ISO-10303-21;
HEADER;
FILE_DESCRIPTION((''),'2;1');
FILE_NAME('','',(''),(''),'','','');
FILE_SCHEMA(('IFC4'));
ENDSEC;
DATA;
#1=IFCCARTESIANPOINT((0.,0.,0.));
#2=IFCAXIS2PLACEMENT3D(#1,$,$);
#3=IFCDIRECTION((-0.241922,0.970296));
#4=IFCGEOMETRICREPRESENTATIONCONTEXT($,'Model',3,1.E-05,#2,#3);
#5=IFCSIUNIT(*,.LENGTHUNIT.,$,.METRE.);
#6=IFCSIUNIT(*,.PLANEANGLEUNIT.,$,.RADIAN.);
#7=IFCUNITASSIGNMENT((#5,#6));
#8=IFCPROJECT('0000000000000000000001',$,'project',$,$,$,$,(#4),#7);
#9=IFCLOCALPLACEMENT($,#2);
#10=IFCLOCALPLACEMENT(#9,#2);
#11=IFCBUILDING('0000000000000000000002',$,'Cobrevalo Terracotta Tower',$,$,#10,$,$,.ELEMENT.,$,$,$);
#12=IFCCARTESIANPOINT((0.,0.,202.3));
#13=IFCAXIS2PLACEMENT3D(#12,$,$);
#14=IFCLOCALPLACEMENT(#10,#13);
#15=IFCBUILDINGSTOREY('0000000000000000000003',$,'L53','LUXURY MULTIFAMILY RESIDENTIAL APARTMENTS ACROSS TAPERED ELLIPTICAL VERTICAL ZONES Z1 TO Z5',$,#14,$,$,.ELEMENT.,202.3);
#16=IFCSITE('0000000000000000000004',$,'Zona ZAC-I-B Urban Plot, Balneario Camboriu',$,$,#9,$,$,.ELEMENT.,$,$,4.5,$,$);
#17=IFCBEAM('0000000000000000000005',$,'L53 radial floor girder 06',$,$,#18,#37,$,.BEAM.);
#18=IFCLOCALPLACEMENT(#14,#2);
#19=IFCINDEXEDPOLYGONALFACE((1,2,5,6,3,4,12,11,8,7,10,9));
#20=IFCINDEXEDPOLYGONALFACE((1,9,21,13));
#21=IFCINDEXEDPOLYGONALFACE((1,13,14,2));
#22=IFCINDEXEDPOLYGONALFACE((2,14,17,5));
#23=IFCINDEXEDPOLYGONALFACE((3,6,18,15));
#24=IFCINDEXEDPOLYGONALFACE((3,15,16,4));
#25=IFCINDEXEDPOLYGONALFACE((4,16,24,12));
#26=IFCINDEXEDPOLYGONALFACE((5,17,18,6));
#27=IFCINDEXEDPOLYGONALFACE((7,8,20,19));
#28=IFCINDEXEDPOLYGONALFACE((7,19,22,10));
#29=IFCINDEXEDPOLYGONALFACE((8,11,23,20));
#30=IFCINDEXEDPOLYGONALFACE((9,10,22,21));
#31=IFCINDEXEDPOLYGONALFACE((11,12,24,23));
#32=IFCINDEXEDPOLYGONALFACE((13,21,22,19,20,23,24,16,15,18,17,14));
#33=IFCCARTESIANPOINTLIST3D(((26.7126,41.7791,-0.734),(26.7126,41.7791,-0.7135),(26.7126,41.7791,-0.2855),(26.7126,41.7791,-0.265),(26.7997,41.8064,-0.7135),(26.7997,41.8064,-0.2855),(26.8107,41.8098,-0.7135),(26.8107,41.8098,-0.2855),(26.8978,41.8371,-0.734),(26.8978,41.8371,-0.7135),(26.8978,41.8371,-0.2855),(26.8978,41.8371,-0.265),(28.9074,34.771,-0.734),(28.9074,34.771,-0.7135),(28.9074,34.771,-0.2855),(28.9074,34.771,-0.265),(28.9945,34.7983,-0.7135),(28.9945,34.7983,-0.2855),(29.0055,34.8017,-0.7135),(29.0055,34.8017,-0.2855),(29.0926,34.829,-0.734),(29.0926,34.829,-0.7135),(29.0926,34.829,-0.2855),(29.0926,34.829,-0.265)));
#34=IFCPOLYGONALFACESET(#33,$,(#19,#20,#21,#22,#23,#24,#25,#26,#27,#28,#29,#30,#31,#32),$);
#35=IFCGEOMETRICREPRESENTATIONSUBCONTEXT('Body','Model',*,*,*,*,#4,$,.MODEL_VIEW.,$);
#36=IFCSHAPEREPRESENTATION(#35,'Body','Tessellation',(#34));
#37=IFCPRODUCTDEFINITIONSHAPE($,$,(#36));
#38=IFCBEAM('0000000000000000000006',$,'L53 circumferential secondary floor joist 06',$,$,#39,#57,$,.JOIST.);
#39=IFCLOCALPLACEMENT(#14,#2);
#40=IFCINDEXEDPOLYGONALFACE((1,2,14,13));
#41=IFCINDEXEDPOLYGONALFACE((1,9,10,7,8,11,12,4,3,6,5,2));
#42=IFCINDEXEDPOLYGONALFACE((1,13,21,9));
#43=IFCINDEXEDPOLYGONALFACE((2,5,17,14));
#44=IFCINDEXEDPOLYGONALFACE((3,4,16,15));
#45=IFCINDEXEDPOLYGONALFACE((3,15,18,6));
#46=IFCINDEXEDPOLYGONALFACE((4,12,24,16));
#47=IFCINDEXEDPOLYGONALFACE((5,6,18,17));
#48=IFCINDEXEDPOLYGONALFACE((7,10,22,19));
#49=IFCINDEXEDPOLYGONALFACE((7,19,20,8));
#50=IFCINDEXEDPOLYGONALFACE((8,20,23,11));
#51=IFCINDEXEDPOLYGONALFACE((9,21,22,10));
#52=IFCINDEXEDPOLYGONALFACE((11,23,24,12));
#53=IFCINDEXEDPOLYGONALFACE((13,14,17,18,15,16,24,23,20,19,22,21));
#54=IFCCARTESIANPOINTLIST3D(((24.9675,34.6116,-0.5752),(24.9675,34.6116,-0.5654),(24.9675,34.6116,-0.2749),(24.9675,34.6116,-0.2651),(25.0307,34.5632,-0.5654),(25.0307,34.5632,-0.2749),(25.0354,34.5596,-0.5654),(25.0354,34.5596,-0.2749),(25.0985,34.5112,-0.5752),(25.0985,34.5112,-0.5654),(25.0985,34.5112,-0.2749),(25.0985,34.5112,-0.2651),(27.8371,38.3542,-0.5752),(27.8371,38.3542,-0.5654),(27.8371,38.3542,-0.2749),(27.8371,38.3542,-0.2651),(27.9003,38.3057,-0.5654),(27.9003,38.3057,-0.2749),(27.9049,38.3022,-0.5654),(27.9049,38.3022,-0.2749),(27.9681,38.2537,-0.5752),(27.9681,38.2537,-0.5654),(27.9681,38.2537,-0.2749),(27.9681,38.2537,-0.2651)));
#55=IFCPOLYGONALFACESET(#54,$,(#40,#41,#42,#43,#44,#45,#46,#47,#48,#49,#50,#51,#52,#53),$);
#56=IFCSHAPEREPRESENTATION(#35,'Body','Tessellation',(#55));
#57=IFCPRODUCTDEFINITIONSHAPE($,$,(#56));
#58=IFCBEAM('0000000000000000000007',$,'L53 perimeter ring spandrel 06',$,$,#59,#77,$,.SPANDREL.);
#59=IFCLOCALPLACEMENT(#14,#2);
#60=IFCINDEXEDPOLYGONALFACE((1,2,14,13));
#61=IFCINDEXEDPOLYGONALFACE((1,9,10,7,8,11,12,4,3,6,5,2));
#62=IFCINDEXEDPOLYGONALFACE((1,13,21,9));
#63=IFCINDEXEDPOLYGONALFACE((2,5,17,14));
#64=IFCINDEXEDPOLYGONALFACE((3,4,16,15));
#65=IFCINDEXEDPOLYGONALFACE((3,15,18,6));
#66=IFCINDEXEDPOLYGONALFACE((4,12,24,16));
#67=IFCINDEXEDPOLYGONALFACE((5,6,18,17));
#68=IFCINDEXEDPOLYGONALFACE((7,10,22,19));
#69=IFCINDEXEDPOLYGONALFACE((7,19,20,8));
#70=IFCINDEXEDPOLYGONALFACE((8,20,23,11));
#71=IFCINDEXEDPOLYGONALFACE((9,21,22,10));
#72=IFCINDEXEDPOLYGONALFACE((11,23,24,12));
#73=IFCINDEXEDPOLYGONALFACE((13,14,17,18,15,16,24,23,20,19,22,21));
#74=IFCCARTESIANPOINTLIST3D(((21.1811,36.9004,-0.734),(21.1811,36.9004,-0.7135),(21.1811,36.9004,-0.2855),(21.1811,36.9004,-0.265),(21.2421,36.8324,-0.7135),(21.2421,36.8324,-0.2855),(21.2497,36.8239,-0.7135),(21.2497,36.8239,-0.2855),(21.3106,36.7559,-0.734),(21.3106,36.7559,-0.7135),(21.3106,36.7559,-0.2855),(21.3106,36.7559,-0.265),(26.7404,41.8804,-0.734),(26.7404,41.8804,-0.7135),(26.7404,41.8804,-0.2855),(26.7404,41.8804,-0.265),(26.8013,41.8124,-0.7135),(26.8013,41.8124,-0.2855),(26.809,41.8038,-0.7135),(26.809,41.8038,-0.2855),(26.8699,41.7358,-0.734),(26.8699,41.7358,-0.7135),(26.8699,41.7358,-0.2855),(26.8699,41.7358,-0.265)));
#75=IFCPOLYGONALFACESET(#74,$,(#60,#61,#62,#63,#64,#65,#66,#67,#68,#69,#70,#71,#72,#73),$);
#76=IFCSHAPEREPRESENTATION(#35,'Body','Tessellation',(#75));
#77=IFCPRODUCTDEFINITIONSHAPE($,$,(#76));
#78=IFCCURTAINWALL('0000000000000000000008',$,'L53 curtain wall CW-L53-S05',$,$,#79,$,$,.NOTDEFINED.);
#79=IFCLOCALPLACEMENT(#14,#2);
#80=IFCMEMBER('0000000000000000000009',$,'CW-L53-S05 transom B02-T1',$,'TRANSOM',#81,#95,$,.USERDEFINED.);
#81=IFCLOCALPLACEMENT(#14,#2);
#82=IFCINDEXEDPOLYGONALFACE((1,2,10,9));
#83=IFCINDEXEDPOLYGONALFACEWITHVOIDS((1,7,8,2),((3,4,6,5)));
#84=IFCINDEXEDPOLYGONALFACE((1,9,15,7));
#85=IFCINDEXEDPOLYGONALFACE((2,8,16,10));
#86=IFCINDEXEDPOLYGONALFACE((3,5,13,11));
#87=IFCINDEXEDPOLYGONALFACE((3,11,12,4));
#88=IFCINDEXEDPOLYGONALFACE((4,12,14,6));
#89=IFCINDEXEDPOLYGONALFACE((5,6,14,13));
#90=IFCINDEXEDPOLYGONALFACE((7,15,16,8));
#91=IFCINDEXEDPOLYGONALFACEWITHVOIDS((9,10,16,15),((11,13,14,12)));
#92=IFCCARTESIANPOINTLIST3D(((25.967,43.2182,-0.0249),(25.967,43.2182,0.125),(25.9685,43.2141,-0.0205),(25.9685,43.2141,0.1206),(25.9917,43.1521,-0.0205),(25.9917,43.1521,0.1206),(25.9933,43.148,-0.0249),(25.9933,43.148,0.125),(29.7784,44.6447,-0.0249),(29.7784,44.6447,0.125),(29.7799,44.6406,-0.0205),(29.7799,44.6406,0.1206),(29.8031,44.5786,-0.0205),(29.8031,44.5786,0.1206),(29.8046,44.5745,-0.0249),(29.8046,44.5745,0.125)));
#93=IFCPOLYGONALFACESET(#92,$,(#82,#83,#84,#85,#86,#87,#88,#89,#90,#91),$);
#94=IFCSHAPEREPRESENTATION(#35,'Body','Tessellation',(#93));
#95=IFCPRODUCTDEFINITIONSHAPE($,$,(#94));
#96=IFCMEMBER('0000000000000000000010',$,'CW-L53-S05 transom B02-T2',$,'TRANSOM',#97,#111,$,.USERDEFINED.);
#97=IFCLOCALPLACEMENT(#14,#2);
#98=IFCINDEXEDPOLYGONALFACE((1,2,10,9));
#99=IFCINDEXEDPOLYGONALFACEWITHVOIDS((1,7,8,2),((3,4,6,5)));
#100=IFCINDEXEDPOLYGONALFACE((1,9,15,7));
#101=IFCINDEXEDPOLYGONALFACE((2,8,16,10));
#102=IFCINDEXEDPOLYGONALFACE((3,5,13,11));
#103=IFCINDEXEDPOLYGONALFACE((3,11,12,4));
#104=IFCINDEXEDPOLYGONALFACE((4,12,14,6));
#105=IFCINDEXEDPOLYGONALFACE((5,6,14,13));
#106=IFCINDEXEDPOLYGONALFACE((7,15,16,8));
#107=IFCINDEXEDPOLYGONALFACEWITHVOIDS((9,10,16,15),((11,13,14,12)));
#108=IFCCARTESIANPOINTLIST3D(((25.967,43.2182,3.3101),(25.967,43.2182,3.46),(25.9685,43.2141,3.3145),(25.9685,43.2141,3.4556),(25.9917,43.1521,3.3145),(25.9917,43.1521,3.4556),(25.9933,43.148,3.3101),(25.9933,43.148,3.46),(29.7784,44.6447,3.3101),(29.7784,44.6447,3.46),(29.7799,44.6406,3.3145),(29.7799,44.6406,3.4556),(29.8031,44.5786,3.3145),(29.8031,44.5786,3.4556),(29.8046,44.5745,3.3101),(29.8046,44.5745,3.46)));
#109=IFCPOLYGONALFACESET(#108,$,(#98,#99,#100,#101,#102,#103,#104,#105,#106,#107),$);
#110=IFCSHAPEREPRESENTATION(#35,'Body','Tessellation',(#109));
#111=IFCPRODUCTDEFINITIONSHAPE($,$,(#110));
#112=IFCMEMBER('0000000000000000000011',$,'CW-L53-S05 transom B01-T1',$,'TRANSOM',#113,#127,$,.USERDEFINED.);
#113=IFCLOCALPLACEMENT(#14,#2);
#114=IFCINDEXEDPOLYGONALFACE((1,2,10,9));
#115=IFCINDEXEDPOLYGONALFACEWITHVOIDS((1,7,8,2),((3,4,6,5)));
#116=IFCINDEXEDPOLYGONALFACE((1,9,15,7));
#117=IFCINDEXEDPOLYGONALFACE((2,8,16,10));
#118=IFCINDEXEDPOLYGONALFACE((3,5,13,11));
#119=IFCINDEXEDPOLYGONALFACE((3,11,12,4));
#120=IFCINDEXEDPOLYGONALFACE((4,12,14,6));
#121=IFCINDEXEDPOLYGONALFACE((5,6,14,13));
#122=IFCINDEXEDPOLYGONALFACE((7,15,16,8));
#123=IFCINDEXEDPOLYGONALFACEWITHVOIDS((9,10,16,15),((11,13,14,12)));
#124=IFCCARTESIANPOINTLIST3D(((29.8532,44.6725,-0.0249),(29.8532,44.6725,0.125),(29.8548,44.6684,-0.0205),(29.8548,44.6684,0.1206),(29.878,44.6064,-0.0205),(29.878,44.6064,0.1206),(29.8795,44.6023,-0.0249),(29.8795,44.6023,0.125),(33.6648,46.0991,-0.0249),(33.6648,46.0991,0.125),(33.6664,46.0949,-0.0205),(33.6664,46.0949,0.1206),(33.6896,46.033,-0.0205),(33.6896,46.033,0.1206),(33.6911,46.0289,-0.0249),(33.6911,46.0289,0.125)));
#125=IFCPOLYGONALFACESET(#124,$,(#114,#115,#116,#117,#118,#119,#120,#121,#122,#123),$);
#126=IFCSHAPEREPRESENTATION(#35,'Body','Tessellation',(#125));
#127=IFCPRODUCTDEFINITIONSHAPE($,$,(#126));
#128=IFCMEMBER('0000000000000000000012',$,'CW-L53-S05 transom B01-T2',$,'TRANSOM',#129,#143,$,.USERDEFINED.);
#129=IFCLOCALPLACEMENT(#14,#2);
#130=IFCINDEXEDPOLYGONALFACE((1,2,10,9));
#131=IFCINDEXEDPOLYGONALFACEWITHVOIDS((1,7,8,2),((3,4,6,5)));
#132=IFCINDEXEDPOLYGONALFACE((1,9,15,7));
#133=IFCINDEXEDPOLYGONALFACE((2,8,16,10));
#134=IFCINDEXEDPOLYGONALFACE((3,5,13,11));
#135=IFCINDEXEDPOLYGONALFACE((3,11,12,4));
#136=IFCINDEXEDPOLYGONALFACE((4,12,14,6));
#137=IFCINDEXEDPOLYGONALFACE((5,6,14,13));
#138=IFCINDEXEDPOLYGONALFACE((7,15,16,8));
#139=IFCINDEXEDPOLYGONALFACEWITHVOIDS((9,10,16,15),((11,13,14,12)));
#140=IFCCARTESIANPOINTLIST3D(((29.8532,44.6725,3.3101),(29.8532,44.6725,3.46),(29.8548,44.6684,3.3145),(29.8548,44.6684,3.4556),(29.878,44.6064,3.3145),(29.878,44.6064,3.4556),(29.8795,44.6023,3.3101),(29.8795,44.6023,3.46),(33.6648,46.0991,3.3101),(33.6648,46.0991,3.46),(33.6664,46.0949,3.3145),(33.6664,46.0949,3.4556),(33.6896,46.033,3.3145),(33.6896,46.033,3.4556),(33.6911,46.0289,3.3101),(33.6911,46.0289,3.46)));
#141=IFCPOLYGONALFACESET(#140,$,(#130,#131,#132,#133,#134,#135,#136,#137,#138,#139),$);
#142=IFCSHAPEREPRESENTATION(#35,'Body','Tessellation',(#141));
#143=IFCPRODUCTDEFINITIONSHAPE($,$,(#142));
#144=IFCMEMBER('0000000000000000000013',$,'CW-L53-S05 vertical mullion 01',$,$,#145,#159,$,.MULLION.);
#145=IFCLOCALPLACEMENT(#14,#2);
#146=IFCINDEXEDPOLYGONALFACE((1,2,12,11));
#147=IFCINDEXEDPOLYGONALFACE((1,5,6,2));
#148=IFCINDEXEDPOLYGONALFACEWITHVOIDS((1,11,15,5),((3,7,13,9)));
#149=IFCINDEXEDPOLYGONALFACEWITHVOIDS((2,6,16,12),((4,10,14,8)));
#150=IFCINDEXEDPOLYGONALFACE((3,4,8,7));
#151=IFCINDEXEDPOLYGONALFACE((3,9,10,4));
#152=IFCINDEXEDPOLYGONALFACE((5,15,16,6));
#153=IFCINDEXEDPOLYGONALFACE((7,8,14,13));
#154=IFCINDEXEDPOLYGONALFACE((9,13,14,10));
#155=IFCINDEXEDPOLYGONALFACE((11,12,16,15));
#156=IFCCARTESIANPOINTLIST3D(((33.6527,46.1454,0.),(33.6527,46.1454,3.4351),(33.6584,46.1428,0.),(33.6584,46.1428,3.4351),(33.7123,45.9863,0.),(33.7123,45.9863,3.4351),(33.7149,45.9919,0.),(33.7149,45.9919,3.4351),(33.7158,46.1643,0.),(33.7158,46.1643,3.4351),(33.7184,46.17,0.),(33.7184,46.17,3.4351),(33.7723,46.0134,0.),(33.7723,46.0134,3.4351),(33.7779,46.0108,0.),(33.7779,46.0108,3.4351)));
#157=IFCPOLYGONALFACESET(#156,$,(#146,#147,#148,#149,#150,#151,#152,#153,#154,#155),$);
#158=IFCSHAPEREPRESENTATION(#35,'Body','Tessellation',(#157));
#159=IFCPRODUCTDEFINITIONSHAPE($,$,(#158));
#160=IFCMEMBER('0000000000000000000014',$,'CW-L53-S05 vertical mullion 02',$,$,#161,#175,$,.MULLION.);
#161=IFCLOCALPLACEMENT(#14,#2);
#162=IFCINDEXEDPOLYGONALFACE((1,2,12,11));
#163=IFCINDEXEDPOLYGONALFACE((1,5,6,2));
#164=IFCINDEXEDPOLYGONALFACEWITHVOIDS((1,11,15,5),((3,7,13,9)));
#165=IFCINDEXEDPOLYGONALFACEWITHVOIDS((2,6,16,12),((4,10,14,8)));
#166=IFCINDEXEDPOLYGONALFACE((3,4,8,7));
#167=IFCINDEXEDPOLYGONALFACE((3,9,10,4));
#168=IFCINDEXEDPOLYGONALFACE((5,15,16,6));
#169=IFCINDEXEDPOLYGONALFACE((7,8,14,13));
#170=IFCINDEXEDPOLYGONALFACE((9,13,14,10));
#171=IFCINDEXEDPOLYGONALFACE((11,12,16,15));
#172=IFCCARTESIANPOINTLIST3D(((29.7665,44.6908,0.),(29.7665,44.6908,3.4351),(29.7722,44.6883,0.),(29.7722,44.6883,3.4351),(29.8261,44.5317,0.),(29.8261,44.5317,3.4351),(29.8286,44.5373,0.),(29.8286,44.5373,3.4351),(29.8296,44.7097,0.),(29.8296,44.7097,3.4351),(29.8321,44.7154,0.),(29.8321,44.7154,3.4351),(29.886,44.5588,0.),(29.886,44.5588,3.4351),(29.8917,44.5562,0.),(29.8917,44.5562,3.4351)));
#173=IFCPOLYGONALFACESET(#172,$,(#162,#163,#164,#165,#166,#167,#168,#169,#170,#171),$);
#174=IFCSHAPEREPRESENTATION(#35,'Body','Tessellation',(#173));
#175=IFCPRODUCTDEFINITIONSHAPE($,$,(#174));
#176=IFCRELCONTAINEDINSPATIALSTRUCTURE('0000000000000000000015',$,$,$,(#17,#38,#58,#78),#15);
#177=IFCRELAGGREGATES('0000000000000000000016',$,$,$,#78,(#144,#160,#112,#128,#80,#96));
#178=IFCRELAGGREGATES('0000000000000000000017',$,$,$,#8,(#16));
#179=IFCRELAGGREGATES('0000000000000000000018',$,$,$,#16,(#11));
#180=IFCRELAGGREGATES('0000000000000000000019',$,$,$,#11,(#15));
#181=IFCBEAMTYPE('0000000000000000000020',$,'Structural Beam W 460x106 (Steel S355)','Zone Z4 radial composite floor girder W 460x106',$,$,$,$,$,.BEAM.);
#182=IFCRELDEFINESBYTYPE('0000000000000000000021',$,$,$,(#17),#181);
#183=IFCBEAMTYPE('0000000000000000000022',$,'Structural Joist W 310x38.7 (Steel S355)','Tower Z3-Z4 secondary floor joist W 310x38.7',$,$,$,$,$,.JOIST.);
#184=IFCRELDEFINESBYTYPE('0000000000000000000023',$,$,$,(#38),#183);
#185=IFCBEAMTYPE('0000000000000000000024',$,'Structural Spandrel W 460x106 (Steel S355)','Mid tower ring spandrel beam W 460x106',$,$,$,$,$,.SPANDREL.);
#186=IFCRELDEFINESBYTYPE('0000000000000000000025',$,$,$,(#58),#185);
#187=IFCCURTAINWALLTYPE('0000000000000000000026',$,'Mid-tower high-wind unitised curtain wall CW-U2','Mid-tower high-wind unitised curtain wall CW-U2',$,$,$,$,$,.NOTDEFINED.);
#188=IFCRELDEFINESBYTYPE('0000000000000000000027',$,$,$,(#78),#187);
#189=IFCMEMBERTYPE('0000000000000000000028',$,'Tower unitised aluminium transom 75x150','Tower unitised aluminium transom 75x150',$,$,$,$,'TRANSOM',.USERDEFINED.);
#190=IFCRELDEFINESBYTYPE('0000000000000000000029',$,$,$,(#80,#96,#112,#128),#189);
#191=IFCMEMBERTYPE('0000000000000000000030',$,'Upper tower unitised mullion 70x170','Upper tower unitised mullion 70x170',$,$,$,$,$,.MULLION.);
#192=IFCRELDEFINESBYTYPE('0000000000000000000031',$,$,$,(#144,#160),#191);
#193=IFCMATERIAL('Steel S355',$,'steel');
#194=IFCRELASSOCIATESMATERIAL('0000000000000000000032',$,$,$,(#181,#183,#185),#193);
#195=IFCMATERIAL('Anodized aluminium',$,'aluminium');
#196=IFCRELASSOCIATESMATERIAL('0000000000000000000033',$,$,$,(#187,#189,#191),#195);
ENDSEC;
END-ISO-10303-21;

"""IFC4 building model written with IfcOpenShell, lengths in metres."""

from ifc_helpers import new_model, si_unit, direction, frame, origin, origin_2d, place, context, subcontext, project, spatial, hollow_rectangle, i_section, extrude, source, transform, mapped, material, material_profile, profile_set, type_object, element, aggregate, save


model = new_model("IFC4")

# Units and contexts
model_context = context("Model", 3, precision=1e-05, world=origin(), true_north=direction((-0.241922, 0.970296)))
body_context = subcontext(model_context, "Body", "Model", "MODEL_VIEW")
ifc_project = project(units=[si_unit("LENGTHUNIT", "METRE"), si_unit("PLANEANGLEUNIT", "RADIAN")], contexts=[model_context])

# Site, building, storey
site_placement = place(None, origin())
site = spatial("IfcSite", under=ifc_project, at=site_placement, Name="Zona ZAC-I-B Urban Plot, Balneario Camboriu", CompositionType="ELEMENT", RefElevation=4.5)
building_placement = place(site_placement, origin())
building = spatial("IfcBuilding", under=site, at=building_placement, Name="Cobrevalo Terracotta Tower", CompositionType="ELEMENT")
storey_placement = place(building_placement, frame((0.0, 0.0, 202.3)))
storey = spatial("IfcBuildingStorey", under=building, at=storey_placement, Name="L53", Description="LUXURY MULTIFAMILY RESIDENTIAL APARTMENTS ACROSS TAPERED ELLIPTICAL VERTICAL ZONES Z1 TO Z5", CompositionType="ELEMENT", Elevation=202.3)

# Shared definitions
ifc_material_1 = material(Name="Steel S355", Category="steel")

# Beams
ifc_material_profile_1 = material_profile(ifc_material_1, i_section(OverallWidth=0.1941, OverallDepth=0.469, WebThickness=0.0115, FlangeThickness=0.0205, at=origin_2d()), Name="W 460x106")
ifc_profile_set_1 = profile_set([ifc_material_profile_1], Name="Steel S355")
beam_type_1 = type_object("IfcBeamType", Name="Structural Beam W 460x106 (Steel S355)", Description="Zone Z4 radial composite floor girder W 460x106", PredefinedType="BEAM", material=ifc_profile_set_1)
beam_1_placement = place(storey_placement, frame((26.8052, 41.8081, -0.4995), z_axis=(0.298871, -0.954293, 0.0), x_axis=(0.954293, 0.298871, 0.0)))
element("IfcBeam", 1, at=beam_1_placement, inside=storey, type_object=beam_type_1, Name="L53 radial floor girder 06", PredefinedType="BEAM", context=body_context, shape_type="SweptSolid", body=[
    extrude(i_section(OverallWidth=0.1941, OverallDepth=0.469, WebThickness=0.0115, FlangeThickness=0.0205, at=origin_2d()), origin(), (0.0, 0.0, 1.0), 7.3438),
])
ifc_material_profile_2 = material_profile(ifc_material_1, i_section(OverallWidth=0.165, OverallDepth=0.3101, WebThickness=0.0059, FlangeThickness=0.0098, at=origin_2d()), Name="W 310x38.7")
ifc_profile_set_2 = profile_set([ifc_material_profile_2], Name="Steel S355")
beam_type_2 = type_object("IfcBeamType", Name="Structural Joist W 310x38.7 (Steel S355)", Description="Tower Z3-Z4 secondary floor joist W 310x38.7", PredefinedType="JOIST", material=ifc_profile_set_2)
beam_2_placement = place(storey_placement, frame((27.9026, 38.304, -0.4202), z_axis=(-0.608464, -0.793581, 0.0), x_axis=(0.793581, -0.608464, 0.0)))
element("IfcBeam", 2, at=beam_2_placement, inside=storey, type_object=beam_type_2, Name="L53 circumferential secondary floor joist 06", PredefinedType="JOIST", context=body_context, shape_type="SweptSolid", body=[
    extrude(i_section(OverallWidth=0.165, OverallDepth=0.3101, WebThickness=0.0059, FlangeThickness=0.0098, at=origin_2d()), origin(), (0.0, 0.0, 1.0), 4.7161),
])
ifc_material_profile_3 = material_profile(ifc_material_1, i_section(OverallWidth=0.1941, OverallDepth=0.469, WebThickness=0.0115, FlangeThickness=0.0205, at=origin_2d()), Name="W 460x106")
ifc_profile_set_3 = profile_set([ifc_material_profile_3], Name="Steel S355")
beam_type_3 = type_object("IfcBeamType", Name="Structural Spandrel W 460x106 (Steel S355)", Description="Mid tower ring spandrel beam W 460x106", PredefinedType="SPANDREL", material=ifc_profile_set_3)
beam_3_placement = place(storey_placement, frame((26.8052, 41.8081, -0.4995), z_axis=(-0.744852, -0.66723, 0.0), x_axis=(0.66723, -0.744852, 0.0)))
element("IfcBeam", 3, at=beam_3_placement, inside=storey, type_object=beam_type_3, Name="L53 perimeter ring spandrel 06", PredefinedType="SPANDREL", context=body_context, shape_type="SweptSolid", body=[
    extrude(i_section(OverallWidth=0.1941, OverallDepth=0.469, WebThickness=0.0115, FlangeThickness=0.0205, at=origin_2d()), origin(), (0.0, 0.0, 1.0), 7.4636),
])

# Curtain wall, members
ifc_material_2 = material(Name="Anodized aluminium", Category="aluminium")
curtain_wall_type = type_object("IfcCurtainWallType", Name="Mid-tower high-wind unitised curtain wall CW-U2", Description="Mid-tower high-wind unitised curtain wall CW-U2", PredefinedType="NOTDEFINED", material=ifc_material_2)
curtain_wall_placement = place(storey_placement, origin())
curtain_wall = element("IfcCurtainWall", 4, at=curtain_wall_placement, inside=storey, type_object=curtain_wall_type, Name="L53 curtain wall CW-L53-S05", PredefinedType="NOTDEFINED")
ifc_material_profile_4 = material_profile(ifc_material_2, hollow_rectangle(XDim=0.075, YDim=0.1499, WallThickness=0.0044, at=origin_2d()), Name="CWT 75x150")
ifc_profile_set_4 = profile_set([ifc_material_profile_4], Name="Anodized aluminium")
member_type_1 = type_object("IfcMemberType", Name="Tower unitised aluminium transom 75x150", Description="Tower unitised aluminium transom 75x150", ElementType="TRANSOM", PredefinedType="USERDEFINED", material=ifc_profile_set_4)
shared_shape_1 = source(origin(), body_context, "Body", "SweptSolid", [
    extrude(hollow_rectangle(XDim=0.075, YDim=0.1499, WallThickness=0.0044, at=origin_2d()), origin(), (0.0, 0.0, 1.0), 4.0696),
])
member_1_placement = place(storey_placement, frame((29.7915, 44.6096, 0.05), z_axis=(-0.936548, -0.350538, 0.0), x_axis=(0.350538, -0.936548, 0.0)))
member_1 = element("IfcMember", 5, at=member_1_placement, type_object=member_type_1, Name="CW-L53-S05 transom B02-T1", ObjectType="TRANSOM", PredefinedType="USERDEFINED", context=body_context, shape_type="MappedRepresentation", body=[
    mapped(shared_shape_1, transform((0.0, 0.0, 0.0), scale=1.0)),
])
member_2_placement = place(storey_placement, frame((29.7915, 44.6096, 3.385), z_axis=(-0.936548, -0.350538, 0.0), x_axis=(0.350538, -0.936548, 0.0)))
member_2 = element("IfcMember", 6, at=member_2_placement, type_object=member_type_1, Name="CW-L53-S05 transom B02-T2", ObjectType="TRANSOM", PredefinedType="USERDEFINED", context=body_context, shape_type="MappedRepresentation", body=[
    mapped(shared_shape_1, transform((0.0, 0.0, 0.0), scale=1.0)),
])
shared_shape_2 = source(origin(), body_context, "Body", "SweptSolid", [
    extrude(hollow_rectangle(XDim=0.075, YDim=0.1499, WallThickness=0.0044, at=origin_2d()), origin(), (0.0, 0.0, 1.0), 4.0698),
])
member_3_placement = place(storey_placement, frame((33.678, 46.064, 0.05), z_axis=(-0.936556, -0.350519, 0.0), x_axis=(0.350519, -0.936556, 0.0)))
member_3 = element("IfcMember", 7, at=member_3_placement, type_object=member_type_1, Name="CW-L53-S05 transom B01-T1", ObjectType="TRANSOM", PredefinedType="USERDEFINED", context=body_context, shape_type="MappedRepresentation", body=[
    mapped(shared_shape_2, transform((0.0, 0.0, 0.0), scale=1.0)),
])
member_4_placement = place(storey_placement, frame((33.678, 46.064, 3.385), z_axis=(-0.936556, -0.350519, 0.0), x_axis=(0.350519, -0.936556, 0.0)))
member_4 = element("IfcMember", 8, at=member_4_placement, type_object=member_type_1, Name="CW-L53-S05 transom B01-T2", ObjectType="TRANSOM", PredefinedType="USERDEFINED", context=body_context, shape_type="MappedRepresentation", body=[
    mapped(shared_shape_2, transform((0.0, 0.0, 0.0), scale=1.0)),
])
ifc_material_profile_5 = material_profile(ifc_material_2, hollow_rectangle(XDim=0.0701, YDim=0.1699, WallThickness=0.0044, at=origin_2d()), Name="CWM 70x170")
ifc_profile_set_5 = profile_set([ifc_material_profile_5], Name="Anodized aluminium")
member_type_2 = type_object("IfcMemberType", Name="Upper tower unitised mullion 70x170", Description="Upper tower unitised mullion 70x170", PredefinedType="MULLION", material=ifc_profile_set_5)
shared_shape_3 = source(origin(), body_context, "Body", "SweptSolid", [
    extrude(hollow_rectangle(XDim=0.0701, YDim=0.1699, WallThickness=0.0044, at=origin_2d()), origin(), (0.0, 0.0, 1.0), 3.4351),
])
member_5_placement = place(storey_placement, frame((33.7153, 46.0781, 0.0), z_axis=(0.0, 0.0, 1.0), x_axis=(-0.936556, -0.350518, 0.0)))
member_5 = element("IfcMember", 9, at=member_5_placement, type_object=member_type_2, Name="CW-L53-S05 vertical mullion 01", PredefinedType="MULLION", context=body_context, shape_type="MappedRepresentation", body=[
    mapped(shared_shape_3, transform((0.0, 0.0, 0.0), scale=1.0)),
])
member_6_placement = place(storey_placement, frame((29.8291, 44.6235, 0.0), z_axis=(0.0, 0.0, 1.0), x_axis=(-0.936556, -0.350518, 0.0)))
member_6 = element("IfcMember", 10, at=member_6_placement, type_object=member_type_2, Name="CW-L53-S05 vertical mullion 02", PredefinedType="MULLION", context=body_context, shape_type="MappedRepresentation", body=[
    mapped(shared_shape_3, transform((0.0, 0.0, 0.0), scale=1.0)),
])
aggregate(curtain_wall, [member_5, member_6, member_3, member_4, member_1, member_2])

save(model, "model.ifc")
